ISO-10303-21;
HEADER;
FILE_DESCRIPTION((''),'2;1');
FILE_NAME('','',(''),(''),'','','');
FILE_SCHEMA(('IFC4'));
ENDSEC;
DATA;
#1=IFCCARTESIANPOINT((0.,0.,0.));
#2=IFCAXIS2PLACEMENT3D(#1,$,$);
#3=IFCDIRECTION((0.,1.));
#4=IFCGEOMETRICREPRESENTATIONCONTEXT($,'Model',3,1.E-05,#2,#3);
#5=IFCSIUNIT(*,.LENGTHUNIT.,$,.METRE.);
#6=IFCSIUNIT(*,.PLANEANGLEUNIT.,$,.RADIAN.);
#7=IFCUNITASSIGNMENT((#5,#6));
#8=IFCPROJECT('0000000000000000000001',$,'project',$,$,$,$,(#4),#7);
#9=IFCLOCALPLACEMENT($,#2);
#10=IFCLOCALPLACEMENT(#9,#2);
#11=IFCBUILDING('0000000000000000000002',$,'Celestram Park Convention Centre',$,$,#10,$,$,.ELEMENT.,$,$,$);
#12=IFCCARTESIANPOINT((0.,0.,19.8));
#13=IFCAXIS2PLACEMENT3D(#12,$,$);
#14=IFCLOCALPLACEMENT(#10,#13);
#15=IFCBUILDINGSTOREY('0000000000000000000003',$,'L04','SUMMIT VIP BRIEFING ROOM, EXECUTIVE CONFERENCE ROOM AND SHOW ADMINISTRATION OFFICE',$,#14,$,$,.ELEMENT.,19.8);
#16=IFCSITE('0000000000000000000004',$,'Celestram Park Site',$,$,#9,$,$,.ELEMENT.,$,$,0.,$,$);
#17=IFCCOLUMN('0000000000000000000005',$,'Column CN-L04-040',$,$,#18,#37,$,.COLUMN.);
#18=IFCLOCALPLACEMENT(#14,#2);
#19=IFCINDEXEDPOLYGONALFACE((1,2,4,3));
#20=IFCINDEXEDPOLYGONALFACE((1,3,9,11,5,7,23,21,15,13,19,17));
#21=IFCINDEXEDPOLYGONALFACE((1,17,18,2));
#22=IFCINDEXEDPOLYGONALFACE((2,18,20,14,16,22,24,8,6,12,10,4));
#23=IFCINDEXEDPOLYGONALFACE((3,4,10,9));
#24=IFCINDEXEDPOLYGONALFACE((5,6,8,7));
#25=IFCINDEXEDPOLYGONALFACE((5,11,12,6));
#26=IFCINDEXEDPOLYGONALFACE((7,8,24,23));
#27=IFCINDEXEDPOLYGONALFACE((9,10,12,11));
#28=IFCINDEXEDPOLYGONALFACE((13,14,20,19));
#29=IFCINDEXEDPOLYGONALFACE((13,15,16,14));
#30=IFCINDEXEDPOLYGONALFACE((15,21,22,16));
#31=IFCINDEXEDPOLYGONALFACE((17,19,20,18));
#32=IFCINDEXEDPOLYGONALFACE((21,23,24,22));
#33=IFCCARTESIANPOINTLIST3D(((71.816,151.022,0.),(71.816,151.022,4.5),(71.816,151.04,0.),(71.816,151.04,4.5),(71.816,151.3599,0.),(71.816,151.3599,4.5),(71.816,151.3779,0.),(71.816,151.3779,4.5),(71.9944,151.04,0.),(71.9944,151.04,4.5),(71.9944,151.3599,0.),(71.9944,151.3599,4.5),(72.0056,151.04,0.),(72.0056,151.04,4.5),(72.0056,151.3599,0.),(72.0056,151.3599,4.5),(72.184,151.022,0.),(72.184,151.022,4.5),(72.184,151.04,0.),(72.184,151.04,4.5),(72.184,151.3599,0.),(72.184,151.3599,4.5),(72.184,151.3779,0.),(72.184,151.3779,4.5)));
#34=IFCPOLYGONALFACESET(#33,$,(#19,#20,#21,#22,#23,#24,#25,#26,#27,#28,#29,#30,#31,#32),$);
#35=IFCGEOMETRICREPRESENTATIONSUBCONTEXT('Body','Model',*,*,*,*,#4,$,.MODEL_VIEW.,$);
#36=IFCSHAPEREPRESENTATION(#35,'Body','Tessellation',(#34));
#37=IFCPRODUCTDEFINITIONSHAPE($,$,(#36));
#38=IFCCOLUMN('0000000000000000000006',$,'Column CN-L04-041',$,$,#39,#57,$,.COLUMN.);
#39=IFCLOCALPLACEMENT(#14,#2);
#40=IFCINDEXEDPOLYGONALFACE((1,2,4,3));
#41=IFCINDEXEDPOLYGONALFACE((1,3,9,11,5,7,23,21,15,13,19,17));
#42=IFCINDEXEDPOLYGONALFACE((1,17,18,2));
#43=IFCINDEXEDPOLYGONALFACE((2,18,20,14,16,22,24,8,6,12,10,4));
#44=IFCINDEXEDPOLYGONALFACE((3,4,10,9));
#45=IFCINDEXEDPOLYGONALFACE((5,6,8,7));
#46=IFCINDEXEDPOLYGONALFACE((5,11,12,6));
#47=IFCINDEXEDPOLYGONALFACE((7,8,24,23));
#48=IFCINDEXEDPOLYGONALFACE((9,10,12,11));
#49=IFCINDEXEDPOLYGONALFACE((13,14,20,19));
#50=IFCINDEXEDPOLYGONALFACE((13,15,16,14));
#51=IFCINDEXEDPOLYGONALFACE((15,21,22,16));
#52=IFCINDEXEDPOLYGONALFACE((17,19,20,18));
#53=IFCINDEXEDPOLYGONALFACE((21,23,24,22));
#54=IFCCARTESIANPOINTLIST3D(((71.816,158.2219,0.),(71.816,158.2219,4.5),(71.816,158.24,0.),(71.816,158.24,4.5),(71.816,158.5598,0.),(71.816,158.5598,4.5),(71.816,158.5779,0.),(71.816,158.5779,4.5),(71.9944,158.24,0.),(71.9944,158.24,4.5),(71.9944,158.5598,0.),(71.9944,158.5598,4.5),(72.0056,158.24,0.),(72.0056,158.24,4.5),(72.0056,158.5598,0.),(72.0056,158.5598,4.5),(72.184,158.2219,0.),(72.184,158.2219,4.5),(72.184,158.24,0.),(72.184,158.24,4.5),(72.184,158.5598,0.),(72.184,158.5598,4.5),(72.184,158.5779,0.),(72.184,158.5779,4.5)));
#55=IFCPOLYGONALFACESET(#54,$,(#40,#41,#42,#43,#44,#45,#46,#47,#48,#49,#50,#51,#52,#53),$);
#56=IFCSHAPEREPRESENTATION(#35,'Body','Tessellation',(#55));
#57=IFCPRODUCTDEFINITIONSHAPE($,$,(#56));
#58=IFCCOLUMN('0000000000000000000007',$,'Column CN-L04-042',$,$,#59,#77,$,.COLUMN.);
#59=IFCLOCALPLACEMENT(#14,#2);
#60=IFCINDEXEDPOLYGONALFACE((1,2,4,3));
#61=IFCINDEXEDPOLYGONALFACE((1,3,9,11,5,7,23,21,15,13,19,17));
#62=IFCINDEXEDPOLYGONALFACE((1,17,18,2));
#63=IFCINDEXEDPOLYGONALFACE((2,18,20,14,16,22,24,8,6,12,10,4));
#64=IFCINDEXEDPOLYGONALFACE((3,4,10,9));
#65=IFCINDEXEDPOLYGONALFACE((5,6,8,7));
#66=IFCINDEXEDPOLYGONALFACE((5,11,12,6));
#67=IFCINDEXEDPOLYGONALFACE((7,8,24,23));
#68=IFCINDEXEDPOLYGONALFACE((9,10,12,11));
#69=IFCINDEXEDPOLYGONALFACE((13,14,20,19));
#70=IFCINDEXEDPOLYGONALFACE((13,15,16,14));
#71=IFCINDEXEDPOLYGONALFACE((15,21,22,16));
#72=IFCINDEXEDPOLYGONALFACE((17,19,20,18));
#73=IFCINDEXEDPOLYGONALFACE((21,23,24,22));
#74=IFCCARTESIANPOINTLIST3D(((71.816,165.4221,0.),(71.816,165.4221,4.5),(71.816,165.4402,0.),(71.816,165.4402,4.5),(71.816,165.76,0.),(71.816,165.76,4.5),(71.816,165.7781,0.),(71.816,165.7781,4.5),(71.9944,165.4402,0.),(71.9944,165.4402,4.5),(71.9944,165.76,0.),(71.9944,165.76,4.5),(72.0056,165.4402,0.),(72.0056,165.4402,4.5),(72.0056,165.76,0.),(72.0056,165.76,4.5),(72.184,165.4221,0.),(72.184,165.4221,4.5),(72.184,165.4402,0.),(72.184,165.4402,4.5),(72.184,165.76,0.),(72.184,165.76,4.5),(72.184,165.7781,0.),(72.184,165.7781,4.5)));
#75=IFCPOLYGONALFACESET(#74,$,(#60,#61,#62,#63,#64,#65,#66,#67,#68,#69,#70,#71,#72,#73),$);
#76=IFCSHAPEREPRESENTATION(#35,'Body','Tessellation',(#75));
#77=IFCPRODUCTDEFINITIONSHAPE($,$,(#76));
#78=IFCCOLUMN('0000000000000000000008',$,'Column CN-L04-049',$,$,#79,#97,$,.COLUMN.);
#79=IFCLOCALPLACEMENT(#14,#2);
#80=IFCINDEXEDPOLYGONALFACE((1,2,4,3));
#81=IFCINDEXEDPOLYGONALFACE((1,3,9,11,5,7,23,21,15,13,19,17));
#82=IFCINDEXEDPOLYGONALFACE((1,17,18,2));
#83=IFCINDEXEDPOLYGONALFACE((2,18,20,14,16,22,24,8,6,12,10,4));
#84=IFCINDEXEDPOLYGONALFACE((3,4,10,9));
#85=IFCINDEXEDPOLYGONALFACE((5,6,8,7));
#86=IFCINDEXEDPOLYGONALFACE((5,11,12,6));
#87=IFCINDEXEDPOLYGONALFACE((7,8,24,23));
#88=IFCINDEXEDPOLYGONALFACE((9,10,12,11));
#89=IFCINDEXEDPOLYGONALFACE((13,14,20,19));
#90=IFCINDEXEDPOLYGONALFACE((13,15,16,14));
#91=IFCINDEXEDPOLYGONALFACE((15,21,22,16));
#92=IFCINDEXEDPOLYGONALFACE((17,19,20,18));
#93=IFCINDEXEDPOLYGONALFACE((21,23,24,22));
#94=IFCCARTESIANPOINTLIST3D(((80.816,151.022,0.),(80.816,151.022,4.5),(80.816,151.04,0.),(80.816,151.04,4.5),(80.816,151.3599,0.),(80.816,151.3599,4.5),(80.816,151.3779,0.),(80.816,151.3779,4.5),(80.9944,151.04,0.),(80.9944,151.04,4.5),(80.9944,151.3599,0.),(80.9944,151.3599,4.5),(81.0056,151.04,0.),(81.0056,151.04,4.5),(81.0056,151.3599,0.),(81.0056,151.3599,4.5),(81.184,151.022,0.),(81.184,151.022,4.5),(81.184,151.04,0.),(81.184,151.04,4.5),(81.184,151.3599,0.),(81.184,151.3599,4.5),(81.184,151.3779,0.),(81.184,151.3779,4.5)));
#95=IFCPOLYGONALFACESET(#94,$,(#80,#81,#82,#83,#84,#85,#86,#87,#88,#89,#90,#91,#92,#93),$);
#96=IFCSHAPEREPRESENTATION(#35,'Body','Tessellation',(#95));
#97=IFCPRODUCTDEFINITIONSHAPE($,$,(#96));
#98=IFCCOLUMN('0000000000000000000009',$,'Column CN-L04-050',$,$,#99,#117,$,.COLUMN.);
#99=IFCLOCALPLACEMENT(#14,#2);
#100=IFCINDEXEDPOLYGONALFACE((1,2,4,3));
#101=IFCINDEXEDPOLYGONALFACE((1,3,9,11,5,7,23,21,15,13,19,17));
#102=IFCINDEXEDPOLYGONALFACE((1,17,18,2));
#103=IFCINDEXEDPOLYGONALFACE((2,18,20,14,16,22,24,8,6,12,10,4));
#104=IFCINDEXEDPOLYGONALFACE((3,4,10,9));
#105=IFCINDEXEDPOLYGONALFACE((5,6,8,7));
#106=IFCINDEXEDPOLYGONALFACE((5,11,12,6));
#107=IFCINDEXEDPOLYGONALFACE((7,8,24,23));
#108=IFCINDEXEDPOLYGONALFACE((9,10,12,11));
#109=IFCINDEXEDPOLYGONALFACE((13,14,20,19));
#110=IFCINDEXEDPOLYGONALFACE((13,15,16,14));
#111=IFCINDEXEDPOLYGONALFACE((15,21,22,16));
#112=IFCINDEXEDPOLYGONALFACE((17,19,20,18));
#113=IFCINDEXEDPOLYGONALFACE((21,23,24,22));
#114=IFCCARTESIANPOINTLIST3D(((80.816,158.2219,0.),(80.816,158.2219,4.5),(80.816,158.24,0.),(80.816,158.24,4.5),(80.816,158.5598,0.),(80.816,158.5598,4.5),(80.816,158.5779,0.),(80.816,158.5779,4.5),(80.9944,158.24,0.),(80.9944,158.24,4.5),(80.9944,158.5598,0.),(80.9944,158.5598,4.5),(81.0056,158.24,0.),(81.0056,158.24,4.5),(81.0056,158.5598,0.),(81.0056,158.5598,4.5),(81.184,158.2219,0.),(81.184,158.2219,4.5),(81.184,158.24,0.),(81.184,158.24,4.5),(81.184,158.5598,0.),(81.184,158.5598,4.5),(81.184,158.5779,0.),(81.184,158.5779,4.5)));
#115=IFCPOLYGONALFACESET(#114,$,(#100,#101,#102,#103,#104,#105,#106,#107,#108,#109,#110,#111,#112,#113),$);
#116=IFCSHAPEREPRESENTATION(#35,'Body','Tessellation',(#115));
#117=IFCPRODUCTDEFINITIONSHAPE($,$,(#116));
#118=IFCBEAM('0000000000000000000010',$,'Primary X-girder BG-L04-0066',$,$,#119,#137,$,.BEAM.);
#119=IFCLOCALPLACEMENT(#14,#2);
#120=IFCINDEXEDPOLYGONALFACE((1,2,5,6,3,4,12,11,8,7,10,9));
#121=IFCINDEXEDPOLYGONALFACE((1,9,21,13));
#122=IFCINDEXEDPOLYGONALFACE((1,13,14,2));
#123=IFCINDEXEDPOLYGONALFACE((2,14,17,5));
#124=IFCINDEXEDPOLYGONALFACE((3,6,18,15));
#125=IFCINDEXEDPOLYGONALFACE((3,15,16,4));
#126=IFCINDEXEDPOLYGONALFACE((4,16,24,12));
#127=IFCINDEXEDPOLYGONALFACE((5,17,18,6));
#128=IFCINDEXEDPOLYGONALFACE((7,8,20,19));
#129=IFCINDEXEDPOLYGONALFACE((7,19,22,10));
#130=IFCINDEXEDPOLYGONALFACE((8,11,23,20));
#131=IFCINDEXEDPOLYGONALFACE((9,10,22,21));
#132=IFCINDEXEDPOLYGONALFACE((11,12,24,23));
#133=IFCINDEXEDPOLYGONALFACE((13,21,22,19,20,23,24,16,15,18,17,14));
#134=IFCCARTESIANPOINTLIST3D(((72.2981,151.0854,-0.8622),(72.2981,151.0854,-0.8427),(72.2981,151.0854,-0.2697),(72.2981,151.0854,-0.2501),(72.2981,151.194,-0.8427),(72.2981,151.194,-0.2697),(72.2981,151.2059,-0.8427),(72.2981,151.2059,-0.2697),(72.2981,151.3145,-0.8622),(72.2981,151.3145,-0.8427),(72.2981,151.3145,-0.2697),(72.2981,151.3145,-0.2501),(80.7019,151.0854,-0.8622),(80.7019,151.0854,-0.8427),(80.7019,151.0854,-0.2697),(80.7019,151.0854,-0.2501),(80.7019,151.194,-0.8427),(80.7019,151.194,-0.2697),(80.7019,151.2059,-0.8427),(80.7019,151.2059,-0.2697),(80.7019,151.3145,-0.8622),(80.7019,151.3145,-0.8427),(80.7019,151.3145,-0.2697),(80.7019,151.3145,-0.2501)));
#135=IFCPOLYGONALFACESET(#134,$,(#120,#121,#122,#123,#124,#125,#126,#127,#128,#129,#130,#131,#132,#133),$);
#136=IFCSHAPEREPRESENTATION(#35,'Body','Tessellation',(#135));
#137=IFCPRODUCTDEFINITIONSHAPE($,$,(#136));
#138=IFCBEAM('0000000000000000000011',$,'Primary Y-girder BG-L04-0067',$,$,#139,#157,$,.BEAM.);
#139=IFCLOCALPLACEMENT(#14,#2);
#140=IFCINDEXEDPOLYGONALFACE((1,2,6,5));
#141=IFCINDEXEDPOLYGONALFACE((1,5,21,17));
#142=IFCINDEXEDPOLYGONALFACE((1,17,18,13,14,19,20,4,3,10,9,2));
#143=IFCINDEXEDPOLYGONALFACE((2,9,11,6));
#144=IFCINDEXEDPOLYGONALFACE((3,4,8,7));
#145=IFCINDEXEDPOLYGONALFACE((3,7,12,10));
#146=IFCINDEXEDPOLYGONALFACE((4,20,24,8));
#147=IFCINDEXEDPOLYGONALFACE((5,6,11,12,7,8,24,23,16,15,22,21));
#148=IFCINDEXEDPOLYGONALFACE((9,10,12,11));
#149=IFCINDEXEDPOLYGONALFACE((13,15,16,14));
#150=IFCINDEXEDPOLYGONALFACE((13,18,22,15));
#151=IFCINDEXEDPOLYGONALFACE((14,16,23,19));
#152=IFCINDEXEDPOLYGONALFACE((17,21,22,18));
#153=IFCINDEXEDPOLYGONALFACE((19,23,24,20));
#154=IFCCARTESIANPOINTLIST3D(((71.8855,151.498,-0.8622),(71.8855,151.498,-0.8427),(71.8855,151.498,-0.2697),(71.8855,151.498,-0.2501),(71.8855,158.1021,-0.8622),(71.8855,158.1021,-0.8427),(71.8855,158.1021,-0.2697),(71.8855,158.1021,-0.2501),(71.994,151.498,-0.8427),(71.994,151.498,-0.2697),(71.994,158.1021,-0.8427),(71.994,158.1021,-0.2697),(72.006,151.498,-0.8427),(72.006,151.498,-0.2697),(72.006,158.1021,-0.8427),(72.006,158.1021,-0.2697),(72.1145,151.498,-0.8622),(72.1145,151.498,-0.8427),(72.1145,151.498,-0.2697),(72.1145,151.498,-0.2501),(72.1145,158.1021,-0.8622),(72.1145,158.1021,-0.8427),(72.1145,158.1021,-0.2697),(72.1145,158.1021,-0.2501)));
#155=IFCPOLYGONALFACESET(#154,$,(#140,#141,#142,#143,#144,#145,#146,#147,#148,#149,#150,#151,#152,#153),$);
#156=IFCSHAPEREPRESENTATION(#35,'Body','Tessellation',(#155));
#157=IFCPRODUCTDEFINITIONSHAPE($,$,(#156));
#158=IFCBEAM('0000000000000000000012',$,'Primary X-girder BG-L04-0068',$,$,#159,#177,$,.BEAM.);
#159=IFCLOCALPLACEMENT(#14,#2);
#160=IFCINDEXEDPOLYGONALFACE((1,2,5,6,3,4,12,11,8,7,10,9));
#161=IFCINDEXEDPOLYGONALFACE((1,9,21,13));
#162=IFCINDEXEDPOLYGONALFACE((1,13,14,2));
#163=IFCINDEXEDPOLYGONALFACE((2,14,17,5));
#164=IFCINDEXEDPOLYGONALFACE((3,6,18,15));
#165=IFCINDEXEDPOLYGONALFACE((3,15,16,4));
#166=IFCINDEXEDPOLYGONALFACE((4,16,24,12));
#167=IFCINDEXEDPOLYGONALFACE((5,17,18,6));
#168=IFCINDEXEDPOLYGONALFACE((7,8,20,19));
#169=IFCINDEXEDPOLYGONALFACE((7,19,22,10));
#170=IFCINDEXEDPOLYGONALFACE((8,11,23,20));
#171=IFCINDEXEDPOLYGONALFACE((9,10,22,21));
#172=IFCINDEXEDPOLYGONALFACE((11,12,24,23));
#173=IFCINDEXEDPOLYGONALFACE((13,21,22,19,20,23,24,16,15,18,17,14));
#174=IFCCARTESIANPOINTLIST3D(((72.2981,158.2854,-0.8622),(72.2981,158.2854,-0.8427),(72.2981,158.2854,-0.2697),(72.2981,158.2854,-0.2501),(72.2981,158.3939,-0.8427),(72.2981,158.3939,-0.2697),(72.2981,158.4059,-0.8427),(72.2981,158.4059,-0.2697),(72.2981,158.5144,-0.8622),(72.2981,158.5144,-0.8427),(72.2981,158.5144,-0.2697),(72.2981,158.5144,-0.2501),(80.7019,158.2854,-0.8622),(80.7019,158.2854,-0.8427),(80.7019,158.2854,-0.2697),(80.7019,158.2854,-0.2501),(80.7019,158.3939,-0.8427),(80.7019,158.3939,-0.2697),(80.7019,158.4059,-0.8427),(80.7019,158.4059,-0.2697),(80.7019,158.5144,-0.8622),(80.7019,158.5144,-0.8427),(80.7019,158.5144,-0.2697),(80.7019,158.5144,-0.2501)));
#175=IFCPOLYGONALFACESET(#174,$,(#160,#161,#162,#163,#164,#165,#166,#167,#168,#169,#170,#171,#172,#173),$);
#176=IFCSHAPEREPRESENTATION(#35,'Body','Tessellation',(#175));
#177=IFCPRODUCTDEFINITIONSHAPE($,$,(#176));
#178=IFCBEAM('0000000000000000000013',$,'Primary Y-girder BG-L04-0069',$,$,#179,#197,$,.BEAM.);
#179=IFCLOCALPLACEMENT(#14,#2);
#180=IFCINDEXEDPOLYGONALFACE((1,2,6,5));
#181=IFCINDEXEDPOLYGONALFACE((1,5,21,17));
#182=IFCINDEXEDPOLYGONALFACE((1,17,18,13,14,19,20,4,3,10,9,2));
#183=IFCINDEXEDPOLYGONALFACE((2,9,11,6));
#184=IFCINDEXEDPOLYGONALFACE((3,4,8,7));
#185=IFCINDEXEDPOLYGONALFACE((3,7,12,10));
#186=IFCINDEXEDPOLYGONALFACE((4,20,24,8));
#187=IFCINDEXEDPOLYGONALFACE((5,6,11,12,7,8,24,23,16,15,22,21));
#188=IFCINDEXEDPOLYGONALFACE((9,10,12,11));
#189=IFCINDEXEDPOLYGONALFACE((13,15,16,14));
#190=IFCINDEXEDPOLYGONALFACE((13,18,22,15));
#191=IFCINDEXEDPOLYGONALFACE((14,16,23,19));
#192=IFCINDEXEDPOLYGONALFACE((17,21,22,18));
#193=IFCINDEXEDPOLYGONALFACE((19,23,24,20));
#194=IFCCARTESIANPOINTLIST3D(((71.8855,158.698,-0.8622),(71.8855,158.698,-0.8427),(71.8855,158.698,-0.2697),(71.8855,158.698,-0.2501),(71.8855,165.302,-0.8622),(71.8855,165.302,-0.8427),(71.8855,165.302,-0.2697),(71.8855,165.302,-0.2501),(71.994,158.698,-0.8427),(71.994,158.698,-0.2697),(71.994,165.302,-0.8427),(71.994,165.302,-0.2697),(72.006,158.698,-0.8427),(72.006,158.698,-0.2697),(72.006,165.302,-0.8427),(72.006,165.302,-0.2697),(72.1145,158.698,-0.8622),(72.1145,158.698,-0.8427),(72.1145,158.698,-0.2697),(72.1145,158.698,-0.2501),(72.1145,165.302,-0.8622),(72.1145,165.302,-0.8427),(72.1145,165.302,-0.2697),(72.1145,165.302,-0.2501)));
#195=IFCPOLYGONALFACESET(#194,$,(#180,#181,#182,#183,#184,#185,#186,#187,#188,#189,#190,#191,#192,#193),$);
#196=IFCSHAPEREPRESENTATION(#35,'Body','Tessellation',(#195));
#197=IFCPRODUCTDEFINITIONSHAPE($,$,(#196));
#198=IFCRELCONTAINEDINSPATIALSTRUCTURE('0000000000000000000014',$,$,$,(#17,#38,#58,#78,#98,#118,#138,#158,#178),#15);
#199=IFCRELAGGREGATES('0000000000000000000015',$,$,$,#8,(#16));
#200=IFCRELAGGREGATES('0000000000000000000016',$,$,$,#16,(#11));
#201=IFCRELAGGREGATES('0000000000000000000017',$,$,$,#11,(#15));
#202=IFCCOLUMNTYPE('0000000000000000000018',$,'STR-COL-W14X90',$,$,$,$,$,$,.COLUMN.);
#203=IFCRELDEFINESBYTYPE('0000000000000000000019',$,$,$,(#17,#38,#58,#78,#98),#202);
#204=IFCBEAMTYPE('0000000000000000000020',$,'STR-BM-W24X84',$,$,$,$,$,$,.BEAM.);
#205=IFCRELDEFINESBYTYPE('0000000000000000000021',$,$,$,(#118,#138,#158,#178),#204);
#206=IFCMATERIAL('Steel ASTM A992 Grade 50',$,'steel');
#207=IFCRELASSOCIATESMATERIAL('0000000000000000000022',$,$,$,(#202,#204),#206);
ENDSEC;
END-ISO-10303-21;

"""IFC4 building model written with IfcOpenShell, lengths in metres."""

from ifc_helpers import new_model, si_unit, direction, frame, origin, origin_2d, place, context, subcontext, project, spatial, i_section, extrude, material, material_profile, profile_set, type_object, element, save


model = new_model("IFC4")

# Units and contexts
model_context = context("Model", 3, precision=1e-05, world=origin(), true_north=direction((0.0, 1.0)))
body_context = subcontext(model_context, "Body", "Model", "MODEL_VIEW")
ifc_project = project(units=[si_unit("LENGTHUNIT", "METRE"), si_unit("PLANEANGLEUNIT", "RADIAN")], contexts=[model_context])

# Site, building, storey
site_placement = place(None, origin())
site = spatial("IfcSite", under=ifc_project, at=site_placement, Name="Celestram Park Site", CompositionType="ELEMENT", RefElevation=0.0)
building_placement = place(site_placement, origin())
building = spatial("IfcBuilding", under=site, at=building_placement, Name="Celestram Park Convention Centre", CompositionType="ELEMENT")
storey_placement = place(building_placement, frame((0.0, 0.0, 19.8)))
storey = spatial("IfcBuildingStorey", under=building, at=storey_placement, Name="L04", Description="SUMMIT VIP BRIEFING ROOM, EXECUTIVE CONFERENCE ROOM AND SHOW ADMINISTRATION OFFICE", CompositionType="ELEMENT", Elevation=19.8)

# Columns
ifc_material_1 = material(Name="Steel ASTM A992 Grade 50", Category="steel")
ifc_material_profile_1 = material_profile(ifc_material_1, i_section(OverallWidth=0.3679, OverallDepth=0.356, WebThickness=0.0112, FlangeThickness=0.0181, at=origin_2d()), Name="W14X90")
ifc_profile_set_1 = profile_set([ifc_material_profile_1], Name="Steel ASTM A992 Grade 50")
column_type = type_object("IfcColumnType", Name="STR-COL-W14X90", PredefinedType="COLUMN", material=ifc_profile_set_1)
for number, where, z_axis, x_axis, name in (
    (1, (72.0, 151.2, 0.0), (0.0, 0.0, 1.0), (1.0, 0.0, 0.0), "Column CN-L04-040"),
    (2, (72.0, 158.3999, 0.0), (0.0, 0.0, 1.0), (1.0, 0.0, 0.0), "Column CN-L04-041"),
    (3, (72.0, 165.6001, 0.0), (0.0, 0.0, 1.0), (1.0, 0.0, 0.0), "Column CN-L04-042"),
    (4, (81.0, 151.2, 0.0), (0.0, 0.0, 1.0), (1.0, 0.0, 0.0), "Column CN-L04-049"),
    (5, (81.0, 158.3999, 0.0), (0.0, 0.0, 1.0), (1.0, 0.0, 0.0), "Column CN-L04-050"),
):
    element("IfcColumn", number, at=place(storey_placement, frame(where, z_axis=z_axis, x_axis=x_axis)), inside=storey, type_object=column_type, Name=name, PredefinedType="COLUMN", context=body_context, shape_type="SweptSolid", body=[
        extrude(i_section(OverallWidth=0.3679, OverallDepth=0.356, WebThickness=0.0112, FlangeThickness=0.0181, at=origin_2d()), origin(), (0.0, 0.0, 1.0), 4.5),
    ])

# Beams
ifc_material_profile_2 = material_profile(ifc_material_1, i_section(OverallWidth=0.229, OverallDepth=0.6121, WebThickness=0.012, FlangeThickness=0.0195, at=origin_2d()), Name="W24X84")
ifc_profile_set_2 = profile_set([ifc_material_profile_2], Name="Steel ASTM A992 Grade 50")
beam_type_1 = type_object("IfcBeamType", Name="STR-BM-W24X84", PredefinedType="BEAM", material=ifc_profile_set_2)
beam_1_placement = place(storey_placement, frame((72.2981, 151.2, -0.5562), z_axis=(1.0, 0.0, 0.0), x_axis=(0.0, 1.0, 0.0)))
element("IfcBeam", 6, at=beam_1_placement, inside=storey, type_object=beam_type_1, Name="Primary X-girder BG-L04-0066", PredefinedType="BEAM", context=body_context, shape_type="SweptSolid", body=[
    extrude(i_section(OverallWidth=0.229, OverallDepth=0.6121, WebThickness=0.012, FlangeThickness=0.0195, at=origin_2d()), origin(), (0.0, 0.0, 1.0), 8.4038),
])
beam_2_placement = place(storey_placement, frame((72.0, 151.498, -0.5562), z_axis=(0.0, 1.0, 0.0), x_axis=(-1.0, 0.0, 0.0)))
element("IfcBeam", 7, at=beam_2_placement, inside=storey, type_object=beam_type_1, Name="Primary Y-girder BG-L04-0067", PredefinedType="BEAM", context=body_context, shape_type="SweptSolid", body=[
    extrude(i_section(OverallWidth=0.229, OverallDepth=0.6121, WebThickness=0.012, FlangeThickness=0.0195, at=origin_2d()), origin(), (0.0, 0.0, 1.0), 6.604),
])
beam_3_placement = place(storey_placement, frame((72.2981, 158.3999, -0.5562), z_axis=(1.0, 0.0, 0.0), x_axis=(0.0, 1.0, 0.0)))
element("IfcBeam", 8, at=beam_3_placement, inside=storey, type_object=beam_type_1, Name="Primary X-girder BG-L04-0068", PredefinedType="BEAM", context=body_context, shape_type="SweptSolid", body=[
    extrude(i_section(OverallWidth=0.229, OverallDepth=0.6121, WebThickness=0.012, FlangeThickness=0.0195, at=origin_2d()), origin(), (0.0, 0.0, 1.0), 8.4038),
])
for number, where, z_axis, x_axis, name in (
    (9, (72.0, 158.698, -0.5562), (0.0, 1.0, 0.0), (-1.0, 0.0, 0.0), "Primary Y-girder BG-L04-0069"),
):
    element("IfcBeam", number, at=place(storey_placement, frame(where, z_axis=z_axis, x_axis=x_axis)), inside=storey, type_object=beam_type_1, Name=name, PredefinedType="BEAM", context=body_context, shape_type="SweptSolid", body=[
        extrude(i_section(OverallWidth=0.229, OverallDepth=0.6121, WebThickness=0.012, FlangeThickness=0.0195, at=origin_2d()), origin(), (0.0, 0.0, 1.0), 6.604),
    ])

save(model, "model.ifc")
